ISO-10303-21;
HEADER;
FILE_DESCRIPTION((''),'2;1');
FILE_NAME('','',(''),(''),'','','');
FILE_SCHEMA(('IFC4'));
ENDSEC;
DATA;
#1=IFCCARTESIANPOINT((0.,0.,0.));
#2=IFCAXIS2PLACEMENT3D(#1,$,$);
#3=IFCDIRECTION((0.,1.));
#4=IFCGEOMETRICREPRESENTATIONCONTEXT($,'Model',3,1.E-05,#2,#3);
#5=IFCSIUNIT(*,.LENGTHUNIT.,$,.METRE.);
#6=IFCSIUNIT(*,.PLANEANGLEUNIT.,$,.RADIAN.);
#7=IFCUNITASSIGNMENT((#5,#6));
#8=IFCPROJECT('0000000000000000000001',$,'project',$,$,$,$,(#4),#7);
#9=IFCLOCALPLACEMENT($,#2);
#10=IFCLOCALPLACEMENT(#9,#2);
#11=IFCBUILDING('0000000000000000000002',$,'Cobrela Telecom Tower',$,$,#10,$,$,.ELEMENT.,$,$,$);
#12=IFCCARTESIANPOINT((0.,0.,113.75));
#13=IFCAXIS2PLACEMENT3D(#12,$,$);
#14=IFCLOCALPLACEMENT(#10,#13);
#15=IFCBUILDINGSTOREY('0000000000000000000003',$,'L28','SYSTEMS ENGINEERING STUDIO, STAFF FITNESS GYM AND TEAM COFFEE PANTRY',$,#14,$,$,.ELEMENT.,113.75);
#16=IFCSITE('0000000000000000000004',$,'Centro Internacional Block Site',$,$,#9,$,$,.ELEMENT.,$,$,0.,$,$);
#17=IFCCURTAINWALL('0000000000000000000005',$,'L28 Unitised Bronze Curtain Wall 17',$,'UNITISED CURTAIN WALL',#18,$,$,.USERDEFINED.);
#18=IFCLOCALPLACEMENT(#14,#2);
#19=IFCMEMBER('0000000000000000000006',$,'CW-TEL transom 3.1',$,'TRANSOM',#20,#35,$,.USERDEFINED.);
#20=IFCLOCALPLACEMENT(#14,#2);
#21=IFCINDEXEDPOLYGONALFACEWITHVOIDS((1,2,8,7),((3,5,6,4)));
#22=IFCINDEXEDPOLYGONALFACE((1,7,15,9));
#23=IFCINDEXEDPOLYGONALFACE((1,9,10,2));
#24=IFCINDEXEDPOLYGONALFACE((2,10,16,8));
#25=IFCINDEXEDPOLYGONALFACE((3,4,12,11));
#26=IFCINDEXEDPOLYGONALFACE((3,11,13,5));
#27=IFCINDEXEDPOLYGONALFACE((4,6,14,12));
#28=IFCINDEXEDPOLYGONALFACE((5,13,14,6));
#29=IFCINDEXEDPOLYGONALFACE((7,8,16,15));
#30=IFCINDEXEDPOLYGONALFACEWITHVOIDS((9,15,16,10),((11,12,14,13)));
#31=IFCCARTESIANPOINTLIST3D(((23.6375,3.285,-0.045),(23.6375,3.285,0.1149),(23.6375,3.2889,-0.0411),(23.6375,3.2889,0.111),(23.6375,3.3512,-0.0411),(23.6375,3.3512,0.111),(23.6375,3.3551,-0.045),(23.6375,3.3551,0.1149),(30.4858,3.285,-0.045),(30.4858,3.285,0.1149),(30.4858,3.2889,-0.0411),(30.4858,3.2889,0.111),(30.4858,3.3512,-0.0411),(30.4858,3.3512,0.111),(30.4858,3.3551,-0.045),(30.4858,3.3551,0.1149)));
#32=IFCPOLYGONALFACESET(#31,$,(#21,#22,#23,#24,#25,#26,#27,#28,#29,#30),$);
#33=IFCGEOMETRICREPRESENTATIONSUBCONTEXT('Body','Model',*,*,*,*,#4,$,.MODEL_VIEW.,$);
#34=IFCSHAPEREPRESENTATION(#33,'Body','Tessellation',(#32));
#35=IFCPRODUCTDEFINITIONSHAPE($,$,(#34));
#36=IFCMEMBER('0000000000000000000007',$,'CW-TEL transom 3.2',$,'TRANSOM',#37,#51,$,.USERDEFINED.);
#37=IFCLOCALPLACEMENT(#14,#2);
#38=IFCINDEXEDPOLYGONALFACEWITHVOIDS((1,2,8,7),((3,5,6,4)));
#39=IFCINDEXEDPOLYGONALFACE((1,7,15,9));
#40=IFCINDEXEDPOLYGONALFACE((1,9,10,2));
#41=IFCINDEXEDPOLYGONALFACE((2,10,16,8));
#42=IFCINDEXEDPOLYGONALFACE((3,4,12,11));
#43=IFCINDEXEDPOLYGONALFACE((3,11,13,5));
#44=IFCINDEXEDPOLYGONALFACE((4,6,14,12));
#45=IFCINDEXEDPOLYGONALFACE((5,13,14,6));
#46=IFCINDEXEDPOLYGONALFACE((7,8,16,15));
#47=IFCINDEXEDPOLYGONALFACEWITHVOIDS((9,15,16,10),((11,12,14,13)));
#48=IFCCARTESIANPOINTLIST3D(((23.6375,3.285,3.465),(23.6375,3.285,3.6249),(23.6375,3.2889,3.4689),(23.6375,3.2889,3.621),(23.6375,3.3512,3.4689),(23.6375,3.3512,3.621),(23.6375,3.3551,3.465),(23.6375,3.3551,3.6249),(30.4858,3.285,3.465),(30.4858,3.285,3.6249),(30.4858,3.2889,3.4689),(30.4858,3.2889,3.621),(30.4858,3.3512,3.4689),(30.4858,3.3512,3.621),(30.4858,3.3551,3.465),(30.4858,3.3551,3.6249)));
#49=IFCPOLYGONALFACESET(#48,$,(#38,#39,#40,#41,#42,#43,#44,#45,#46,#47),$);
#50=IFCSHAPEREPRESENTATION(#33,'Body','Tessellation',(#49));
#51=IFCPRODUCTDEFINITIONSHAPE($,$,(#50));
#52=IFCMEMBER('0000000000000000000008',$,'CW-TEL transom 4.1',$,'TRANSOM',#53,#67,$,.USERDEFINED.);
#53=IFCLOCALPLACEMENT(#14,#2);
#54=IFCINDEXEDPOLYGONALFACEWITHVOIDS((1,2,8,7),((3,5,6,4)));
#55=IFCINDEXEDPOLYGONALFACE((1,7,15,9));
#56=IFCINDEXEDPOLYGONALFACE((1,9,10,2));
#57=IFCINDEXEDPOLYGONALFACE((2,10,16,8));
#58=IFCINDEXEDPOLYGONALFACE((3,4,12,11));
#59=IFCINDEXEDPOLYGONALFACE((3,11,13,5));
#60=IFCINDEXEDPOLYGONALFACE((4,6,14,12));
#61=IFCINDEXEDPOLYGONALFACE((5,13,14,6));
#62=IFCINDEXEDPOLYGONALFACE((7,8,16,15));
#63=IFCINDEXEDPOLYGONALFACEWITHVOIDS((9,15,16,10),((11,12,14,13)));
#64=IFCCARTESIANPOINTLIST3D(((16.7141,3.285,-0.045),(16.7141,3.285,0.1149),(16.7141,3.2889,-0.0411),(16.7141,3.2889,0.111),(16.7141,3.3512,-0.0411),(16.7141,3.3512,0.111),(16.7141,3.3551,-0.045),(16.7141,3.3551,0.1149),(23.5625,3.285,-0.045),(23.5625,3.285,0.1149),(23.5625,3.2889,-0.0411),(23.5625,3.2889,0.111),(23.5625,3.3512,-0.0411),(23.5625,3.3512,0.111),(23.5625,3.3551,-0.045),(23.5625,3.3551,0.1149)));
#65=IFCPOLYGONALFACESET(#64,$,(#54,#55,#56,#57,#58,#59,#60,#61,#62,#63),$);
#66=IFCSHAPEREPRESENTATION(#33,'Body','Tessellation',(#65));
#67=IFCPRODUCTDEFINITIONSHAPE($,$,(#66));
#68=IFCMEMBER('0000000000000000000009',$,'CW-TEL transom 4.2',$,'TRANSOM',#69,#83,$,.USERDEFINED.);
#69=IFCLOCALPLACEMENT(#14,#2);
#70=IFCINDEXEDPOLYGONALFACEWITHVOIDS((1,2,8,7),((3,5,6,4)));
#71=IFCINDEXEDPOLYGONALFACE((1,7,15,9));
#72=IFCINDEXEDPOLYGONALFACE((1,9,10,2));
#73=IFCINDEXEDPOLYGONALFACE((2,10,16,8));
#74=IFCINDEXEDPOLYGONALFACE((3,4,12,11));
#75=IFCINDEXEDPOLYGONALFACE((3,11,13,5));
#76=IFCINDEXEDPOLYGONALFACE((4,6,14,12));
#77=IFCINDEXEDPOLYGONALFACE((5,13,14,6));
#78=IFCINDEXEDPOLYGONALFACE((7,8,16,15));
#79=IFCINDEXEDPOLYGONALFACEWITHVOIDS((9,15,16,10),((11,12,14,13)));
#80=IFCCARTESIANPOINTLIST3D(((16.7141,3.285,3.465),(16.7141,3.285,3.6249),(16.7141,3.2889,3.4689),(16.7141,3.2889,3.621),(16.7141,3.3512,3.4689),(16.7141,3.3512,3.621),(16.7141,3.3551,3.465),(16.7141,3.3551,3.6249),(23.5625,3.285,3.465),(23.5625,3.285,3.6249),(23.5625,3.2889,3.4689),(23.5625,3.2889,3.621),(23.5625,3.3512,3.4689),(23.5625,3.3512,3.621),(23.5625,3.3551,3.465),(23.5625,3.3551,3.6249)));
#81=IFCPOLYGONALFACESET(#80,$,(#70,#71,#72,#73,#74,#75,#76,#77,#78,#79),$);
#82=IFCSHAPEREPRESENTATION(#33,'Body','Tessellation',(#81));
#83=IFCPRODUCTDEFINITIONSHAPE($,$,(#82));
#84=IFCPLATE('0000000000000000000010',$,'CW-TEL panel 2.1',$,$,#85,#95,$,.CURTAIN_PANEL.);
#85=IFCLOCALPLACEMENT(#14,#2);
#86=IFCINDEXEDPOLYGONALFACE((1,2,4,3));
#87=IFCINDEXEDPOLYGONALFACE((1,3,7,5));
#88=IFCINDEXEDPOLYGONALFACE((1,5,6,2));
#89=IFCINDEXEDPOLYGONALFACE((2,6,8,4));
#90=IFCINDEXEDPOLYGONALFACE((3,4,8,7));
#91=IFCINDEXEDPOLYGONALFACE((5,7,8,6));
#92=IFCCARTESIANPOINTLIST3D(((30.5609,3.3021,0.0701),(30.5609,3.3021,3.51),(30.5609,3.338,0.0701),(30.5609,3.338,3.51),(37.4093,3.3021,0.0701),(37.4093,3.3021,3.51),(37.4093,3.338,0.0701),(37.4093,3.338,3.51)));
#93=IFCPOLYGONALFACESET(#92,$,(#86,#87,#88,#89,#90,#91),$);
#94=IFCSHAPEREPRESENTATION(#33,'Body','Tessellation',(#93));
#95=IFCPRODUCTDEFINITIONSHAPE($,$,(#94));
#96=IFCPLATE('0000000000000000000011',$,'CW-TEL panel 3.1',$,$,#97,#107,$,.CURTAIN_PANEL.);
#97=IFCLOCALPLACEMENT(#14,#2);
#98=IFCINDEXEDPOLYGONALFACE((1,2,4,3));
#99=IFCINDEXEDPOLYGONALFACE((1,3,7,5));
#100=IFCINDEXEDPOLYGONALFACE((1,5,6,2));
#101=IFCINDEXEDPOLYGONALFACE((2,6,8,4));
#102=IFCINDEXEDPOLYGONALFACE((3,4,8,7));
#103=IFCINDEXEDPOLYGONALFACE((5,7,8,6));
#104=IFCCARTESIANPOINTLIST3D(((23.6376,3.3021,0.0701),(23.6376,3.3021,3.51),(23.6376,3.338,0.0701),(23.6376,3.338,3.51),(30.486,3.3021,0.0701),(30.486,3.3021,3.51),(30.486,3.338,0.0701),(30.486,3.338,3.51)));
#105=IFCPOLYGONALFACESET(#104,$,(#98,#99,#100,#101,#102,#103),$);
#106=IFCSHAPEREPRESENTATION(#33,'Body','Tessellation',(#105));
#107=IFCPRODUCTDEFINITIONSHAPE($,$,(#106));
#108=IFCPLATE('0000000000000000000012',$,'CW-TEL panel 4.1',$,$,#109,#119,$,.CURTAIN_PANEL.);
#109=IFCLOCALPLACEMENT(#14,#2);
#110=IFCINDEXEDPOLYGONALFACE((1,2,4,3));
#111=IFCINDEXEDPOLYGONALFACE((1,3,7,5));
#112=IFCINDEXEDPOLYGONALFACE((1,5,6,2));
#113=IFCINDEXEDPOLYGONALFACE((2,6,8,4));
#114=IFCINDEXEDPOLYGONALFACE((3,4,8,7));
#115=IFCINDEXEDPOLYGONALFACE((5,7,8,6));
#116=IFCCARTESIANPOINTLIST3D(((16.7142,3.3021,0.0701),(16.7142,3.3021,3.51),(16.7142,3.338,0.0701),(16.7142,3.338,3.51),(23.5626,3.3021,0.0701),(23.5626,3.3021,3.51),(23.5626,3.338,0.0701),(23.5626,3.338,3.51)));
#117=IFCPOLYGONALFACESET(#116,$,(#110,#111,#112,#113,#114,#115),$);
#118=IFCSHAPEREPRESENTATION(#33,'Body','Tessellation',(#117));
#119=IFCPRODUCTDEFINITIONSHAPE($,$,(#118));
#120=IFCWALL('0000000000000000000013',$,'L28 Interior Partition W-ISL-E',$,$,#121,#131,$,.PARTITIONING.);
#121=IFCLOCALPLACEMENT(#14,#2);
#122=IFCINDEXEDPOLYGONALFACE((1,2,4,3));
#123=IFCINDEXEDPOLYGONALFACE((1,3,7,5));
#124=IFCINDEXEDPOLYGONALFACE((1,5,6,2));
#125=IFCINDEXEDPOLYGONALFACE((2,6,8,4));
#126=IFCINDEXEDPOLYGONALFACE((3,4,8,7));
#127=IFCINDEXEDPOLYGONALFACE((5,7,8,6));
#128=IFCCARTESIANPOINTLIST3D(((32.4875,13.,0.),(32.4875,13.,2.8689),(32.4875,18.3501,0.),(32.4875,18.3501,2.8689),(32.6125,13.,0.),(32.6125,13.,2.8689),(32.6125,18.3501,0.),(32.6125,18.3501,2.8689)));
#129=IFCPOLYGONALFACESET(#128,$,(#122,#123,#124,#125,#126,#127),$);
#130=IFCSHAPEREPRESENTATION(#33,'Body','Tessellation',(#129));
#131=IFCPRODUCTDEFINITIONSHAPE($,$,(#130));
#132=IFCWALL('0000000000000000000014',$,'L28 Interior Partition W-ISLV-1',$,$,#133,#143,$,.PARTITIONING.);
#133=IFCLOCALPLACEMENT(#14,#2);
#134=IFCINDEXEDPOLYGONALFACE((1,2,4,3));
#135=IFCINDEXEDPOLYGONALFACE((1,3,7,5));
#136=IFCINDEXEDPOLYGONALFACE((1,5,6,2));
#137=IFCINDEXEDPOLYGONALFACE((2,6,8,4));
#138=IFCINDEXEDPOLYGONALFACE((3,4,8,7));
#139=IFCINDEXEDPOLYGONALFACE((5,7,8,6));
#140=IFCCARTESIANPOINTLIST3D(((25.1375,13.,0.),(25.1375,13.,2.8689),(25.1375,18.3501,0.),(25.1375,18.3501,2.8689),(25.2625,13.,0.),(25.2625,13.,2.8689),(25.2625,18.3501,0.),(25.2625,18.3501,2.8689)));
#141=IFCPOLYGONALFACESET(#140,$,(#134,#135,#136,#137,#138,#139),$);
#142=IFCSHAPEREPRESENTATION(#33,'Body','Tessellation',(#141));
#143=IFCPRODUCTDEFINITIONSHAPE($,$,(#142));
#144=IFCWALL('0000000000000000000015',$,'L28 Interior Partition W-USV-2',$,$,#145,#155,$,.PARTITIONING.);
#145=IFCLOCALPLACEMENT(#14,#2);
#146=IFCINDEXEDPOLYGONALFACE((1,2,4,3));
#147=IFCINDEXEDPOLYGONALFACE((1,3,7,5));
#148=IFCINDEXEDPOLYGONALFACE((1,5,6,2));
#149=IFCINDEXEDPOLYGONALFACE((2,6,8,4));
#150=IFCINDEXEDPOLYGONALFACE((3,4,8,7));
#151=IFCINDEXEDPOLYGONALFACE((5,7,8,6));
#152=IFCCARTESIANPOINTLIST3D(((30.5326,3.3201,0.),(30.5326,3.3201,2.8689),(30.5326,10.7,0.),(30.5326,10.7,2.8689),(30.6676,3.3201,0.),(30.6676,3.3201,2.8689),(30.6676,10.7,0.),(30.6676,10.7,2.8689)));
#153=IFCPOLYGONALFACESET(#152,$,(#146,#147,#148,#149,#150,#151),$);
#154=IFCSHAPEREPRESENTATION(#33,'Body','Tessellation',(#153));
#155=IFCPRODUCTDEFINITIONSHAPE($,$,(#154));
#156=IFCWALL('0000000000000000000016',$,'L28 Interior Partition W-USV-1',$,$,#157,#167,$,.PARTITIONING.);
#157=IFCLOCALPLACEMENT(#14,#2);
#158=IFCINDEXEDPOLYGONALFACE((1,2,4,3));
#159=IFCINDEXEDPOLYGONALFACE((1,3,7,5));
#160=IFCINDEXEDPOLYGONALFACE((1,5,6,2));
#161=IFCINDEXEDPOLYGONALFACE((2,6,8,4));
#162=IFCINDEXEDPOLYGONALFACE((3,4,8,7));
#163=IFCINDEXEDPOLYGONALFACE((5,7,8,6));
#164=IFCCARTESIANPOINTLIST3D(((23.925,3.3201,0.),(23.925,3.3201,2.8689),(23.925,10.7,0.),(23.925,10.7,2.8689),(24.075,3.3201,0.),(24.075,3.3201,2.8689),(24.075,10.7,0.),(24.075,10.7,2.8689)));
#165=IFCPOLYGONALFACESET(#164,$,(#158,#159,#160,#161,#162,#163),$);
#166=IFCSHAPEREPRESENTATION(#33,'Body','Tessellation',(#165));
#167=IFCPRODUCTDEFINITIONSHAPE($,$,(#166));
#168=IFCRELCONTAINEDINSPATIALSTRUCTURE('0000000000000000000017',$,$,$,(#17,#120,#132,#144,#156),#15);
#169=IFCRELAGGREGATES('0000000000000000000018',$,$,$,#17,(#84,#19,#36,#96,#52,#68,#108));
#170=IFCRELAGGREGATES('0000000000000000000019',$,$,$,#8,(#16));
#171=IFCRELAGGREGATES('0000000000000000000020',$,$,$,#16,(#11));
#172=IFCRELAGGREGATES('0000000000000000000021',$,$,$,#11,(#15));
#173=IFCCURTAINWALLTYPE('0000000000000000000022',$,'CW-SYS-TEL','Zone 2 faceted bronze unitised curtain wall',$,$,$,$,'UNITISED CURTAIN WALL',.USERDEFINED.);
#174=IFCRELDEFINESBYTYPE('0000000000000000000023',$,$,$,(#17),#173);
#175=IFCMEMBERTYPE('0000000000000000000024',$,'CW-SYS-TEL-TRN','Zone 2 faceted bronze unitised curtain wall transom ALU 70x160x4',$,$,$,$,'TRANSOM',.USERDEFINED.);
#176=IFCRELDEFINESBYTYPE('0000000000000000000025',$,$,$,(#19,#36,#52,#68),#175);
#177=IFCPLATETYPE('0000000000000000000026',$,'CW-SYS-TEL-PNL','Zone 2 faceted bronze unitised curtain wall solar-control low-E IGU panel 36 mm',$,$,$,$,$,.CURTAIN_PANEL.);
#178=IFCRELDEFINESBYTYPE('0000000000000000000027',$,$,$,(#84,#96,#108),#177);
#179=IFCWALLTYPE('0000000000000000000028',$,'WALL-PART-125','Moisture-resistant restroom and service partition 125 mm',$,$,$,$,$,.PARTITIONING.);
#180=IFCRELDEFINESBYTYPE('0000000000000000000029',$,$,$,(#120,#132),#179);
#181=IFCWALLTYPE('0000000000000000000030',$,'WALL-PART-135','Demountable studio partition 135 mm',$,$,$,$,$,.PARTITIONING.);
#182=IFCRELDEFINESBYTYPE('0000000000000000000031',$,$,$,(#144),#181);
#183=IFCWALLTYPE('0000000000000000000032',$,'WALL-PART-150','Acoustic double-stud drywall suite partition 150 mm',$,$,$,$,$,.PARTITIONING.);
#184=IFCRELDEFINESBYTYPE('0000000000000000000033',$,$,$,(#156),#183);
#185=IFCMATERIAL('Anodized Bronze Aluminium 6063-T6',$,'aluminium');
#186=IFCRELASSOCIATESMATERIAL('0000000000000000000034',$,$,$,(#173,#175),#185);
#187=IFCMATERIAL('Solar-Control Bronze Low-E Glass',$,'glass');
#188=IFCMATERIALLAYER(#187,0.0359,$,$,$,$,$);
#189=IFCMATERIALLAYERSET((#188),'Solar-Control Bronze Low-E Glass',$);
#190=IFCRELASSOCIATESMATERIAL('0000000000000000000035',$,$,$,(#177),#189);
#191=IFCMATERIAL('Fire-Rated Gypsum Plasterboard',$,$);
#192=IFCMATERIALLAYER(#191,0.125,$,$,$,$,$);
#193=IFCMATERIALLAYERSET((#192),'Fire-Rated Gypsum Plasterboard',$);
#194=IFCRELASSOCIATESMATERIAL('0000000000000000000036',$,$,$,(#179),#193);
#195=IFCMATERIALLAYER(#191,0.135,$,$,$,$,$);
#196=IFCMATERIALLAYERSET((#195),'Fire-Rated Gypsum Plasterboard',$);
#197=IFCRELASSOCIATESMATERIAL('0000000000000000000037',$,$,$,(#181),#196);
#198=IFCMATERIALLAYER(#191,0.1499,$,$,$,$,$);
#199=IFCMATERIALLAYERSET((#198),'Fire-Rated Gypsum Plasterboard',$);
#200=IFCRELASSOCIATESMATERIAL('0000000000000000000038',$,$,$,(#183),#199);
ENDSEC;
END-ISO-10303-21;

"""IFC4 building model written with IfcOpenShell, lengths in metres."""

from ifc_helpers import new_model, si_unit, direction, frame, frame_2d, origin, origin_2d, place, context, subcontext, project, spatial, rectangle, hollow_rectangle, extrude, material, layer, layer_set, material_profile, profile_set, type_object, element, aggregate, save


model = new_model("IFC4")

# Units and contexts
model_context = context("Model", 3, precision=1e-05, world=origin(), true_north=direction((0.0, 1.0)))
body_context = subcontext(model_context, "Body", "Model", "MODEL_VIEW")
ifc_project = project(units=[si_unit("LENGTHUNIT", "METRE"), si_unit("PLANEANGLEUNIT", "RADIAN")], contexts=[model_context])

# Site, building, storey
site_placement = place(None, origin())
site = spatial("IfcSite", under=ifc_project, at=site_placement, Name="Centro Internacional Block Site", CompositionType="ELEMENT", RefElevation=0.0)
building_placement = place(site_placement, origin())
building = spatial("IfcBuilding", under=site, at=building_placement, Name="Cobrela Telecom Tower", CompositionType="ELEMENT")
storey_placement = place(building_placement, frame((0.0, 0.0, 113.75)))
storey = spatial("IfcBuildingStorey", under=building, at=storey_placement, Name="L28", Description="SYSTEMS ENGINEERING STUDIO, STAFF FITNESS GYM AND TEAM COFFEE PANTRY", CompositionType="ELEMENT", Elevation=113.75)

# Curtain wall, members, plates
ifc_material_1 = material(Name="Anodized Bronze Aluminium 6063-T6", Category="aluminium")
curtain_wall_type = type_object("IfcCurtainWallType", Name="CW-SYS-TEL", Description="Zone 2 faceted bronze unitised curtain wall", ElementType="UNITISED CURTAIN WALL", PredefinedType="USERDEFINED", material=ifc_material_1)
curtain_wall_placement = place(storey_placement, origin())
curtain_wall = element("IfcCurtainWall", 1, at=curtain_wall_placement, inside=storey, type_object=curtain_wall_type, Name="L28 Unitised Bronze Curtain Wall 17", ObjectType="UNITISED CURTAIN WALL", PredefinedType="USERDEFINED")
ifc_material_profile_1 = material_profile(ifc_material_1, hollow_rectangle(XDim=0.0701, YDim=0.1599, WallThickness=0.0039, at=origin_2d()), Name="ALU 70x160x4")
ifc_profile_set_1 = profile_set([ifc_material_profile_1], Name="Anodized Bronze Aluminium 6063-T6")
member_type_1 = type_object("IfcMemberType", Name="CW-SYS-TEL-TRN", Description="Zone 2 faceted bronze unitised curtain wall transom ALU 70x160x4", ElementType="TRANSOM", PredefinedType="USERDEFINED", material=ifc_profile_set_1)
member_1_placement = place(storey_placement, frame((30.4858, 3.3201, 0.0349), z_axis=(-1.0, 0.0, 0.0), x_axis=(0.0, -1.0, 0.0)))
member_1 = element("IfcMember", 2, at=member_1_placement, type_object=member_type_1, Name="CW-TEL transom 3.1", ObjectType="TRANSOM", PredefinedType="USERDEFINED", context=body_context, shape_type="SweptSolid", body=[
    extrude(hollow_rectangle(XDim=0.0701, YDim=0.1599, WallThickness=0.0039, at=origin_2d()), origin(), (0.0, 0.0, 1.0), 6.8484),
])
member_2_placement = place(storey_placement, frame((30.4858, 3.3201, 3.5449), z_axis=(-1.0, 0.0, 0.0), x_axis=(0.0, -1.0, 0.0)))
member_2 = element("IfcMember", 3, at=member_2_placement, type_object=member_type_1, Name="CW-TEL transom 3.2", ObjectType="TRANSOM", PredefinedType="USERDEFINED", context=body_context, shape_type="SweptSolid", body=[
    extrude(hollow_rectangle(XDim=0.0701, YDim=0.1599, WallThickness=0.0039, at=origin_2d()), origin(), (0.0, 0.0, 1.0), 6.8484),
])
member_3_placement = place(storey_placement, frame((23.5625, 3.3201, 0.0349), z_axis=(-1.0, 0.0, 0.0), x_axis=(0.0, -1.0, 0.0)))
member_3 = element("IfcMember", 4, at=member_3_placement, type_object=member_type_1, Name="CW-TEL transom 4.1", ObjectType="TRANSOM", PredefinedType="USERDEFINED", context=body_context, shape_type="SweptSolid", body=[
    extrude(hollow_rectangle(XDim=0.0701, YDim=0.1599, WallThickness=0.0039, at=origin_2d()), origin(), (0.0, 0.0, 1.0), 6.8484),
])
member_4_placement = place(storey_placement, frame((23.5625, 3.3201, 3.5449), z_axis=(-1.0, 0.0, 0.0), x_axis=(0.0, -1.0, 0.0)))
member_4 = element("IfcMember", 5, at=member_4_placement, type_object=member_type_1, Name="CW-TEL transom 4.2", ObjectType="TRANSOM", PredefinedType="USERDEFINED", context=body_context, shape_type="SweptSolid", body=[
    extrude(hollow_rectangle(XDim=0.0701, YDim=0.1599, WallThickness=0.0039, at=origin_2d()), origin(), (0.0, 0.0, 1.0), 6.8484),
])
ifc_material_2 = material(Name="Solar-Control Bronze Low-E Glass", Category="glass")
ifc_layer_1 = layer(ifc_material_2, 0.0359)
ifc_layer_set_1 = layer_set([ifc_layer_1], Name="Solar-Control Bronze Low-E Glass")
plate_type = type_object("IfcPlateType", Name="CW-SYS-TEL-PNL", Description="Zone 2 faceted bronze unitised curtain wall solar-control low-E IGU panel 36 mm", PredefinedType="CURTAIN_PANEL", material=ifc_layer_set_1)
plate_1_placement = place(storey_placement, frame((33.9851, 3.3201, 0.0701), z_axis=(0.0, 0.0, 1.0), x_axis=(-1.0, 0.0, 0.0)))
plate_1 = element("IfcPlate", 6, at=plate_1_placement, type_object=plate_type, Name="CW-TEL panel 2.1", PredefinedType="CURTAIN_PANEL", context=body_context, shape_type="SweptSolid", body=[
    extrude(rectangle(XDim=6.8484, YDim=0.0359, at=origin_2d()), origin(), (0.0, 0.0, 1.0), 3.4399),
])
plate_2_placement = place(storey_placement, frame((27.0618, 3.3201, 0.0701), z_axis=(0.0, 0.0, 1.0), x_axis=(-1.0, 0.0, 0.0)))
plate_2 = element("IfcPlate", 7, at=plate_2_placement, type_object=plate_type, Name="CW-TEL panel 3.1", PredefinedType="CURTAIN_PANEL", context=body_context, shape_type="SweptSolid", body=[
    extrude(rectangle(XDim=6.8484, YDim=0.0359, at=origin_2d()), origin(), (0.0, 0.0, 1.0), 3.4399),
])
plate_3_placement = place(storey_placement, frame((20.1384, 3.3201, 0.0701), z_axis=(0.0, 0.0, 1.0), x_axis=(-1.0, 0.0, 0.0)))
plate_3 = element("IfcPlate", 8, at=plate_3_placement, type_object=plate_type, Name="CW-TEL panel 4.1", PredefinedType="CURTAIN_PANEL", context=body_context, shape_type="SweptSolid", body=[
    extrude(rectangle(XDim=6.8484, YDim=0.0359, at=origin_2d()), origin(), (0.0, 0.0, 1.0), 3.4399),
])
aggregate(curtain_wall, [plate_1, member_1, member_2, plate_2, member_3, member_4, plate_3])

# Walls
ifc_material_3 = material(Name="Fire-Rated Gypsum Plasterboard")
ifc_layer_2 = layer(ifc_material_3, 0.125)
ifc_layer_set_2 = layer_set([ifc_layer_2], Name="Fire-Rated Gypsum Plasterboard")
wall_type_1 = type_object("IfcWallType", Name="WALL-PART-125", Description="Moisture-resistant restroom and service partition 125 mm", PredefinedType="PARTITIONING", material=ifc_layer_set_2)
for number, where, z_axis, x_axis, name in (
    (9, (32.55, 13.0, 0.0), (0.0, 0.0, 1.0), (0.0, 1.0, 0.0), "L28 Interior Partition W-ISL-E"),
    (10, (25.2, 13.0, 0.0), (0.0, 0.0, 1.0), (0.0, 1.0, 0.0), "L28 Interior Partition W-ISLV-1"),
):
    element("IfcWall", number, at=place(storey_placement, frame(where, z_axis=z_axis, x_axis=x_axis)), inside=storey, type_object=wall_type_1, Name=name, PredefinedType="PARTITIONING", context=body_context, shape_type="SweptSolid", body=[
        extrude(rectangle(XDim=5.3501, YDim=0.125, at=frame_2d((2.675, 0.0))), origin(), (0.0, 0.0, 1.0), 2.8689),
    ])
ifc_layer_3 = layer(ifc_material_3, 0.135)
ifc_layer_set_3 = layer_set([ifc_layer_3], Name="Fire-Rated Gypsum Plasterboard")
wall_type_2 = type_object("IfcWallType", Name="WALL-PART-135", Description="Demountable studio partition 135 mm", PredefinedType="PARTITIONING", material=ifc_layer_set_3)
wall_1_placement = place(storey_placement, frame((30.6001, 3.3201, 0.0), z_axis=(0.0, 0.0, 1.0), x_axis=(0.0, 1.0, 0.0)))
element("IfcWall", 11, at=wall_1_placement, inside=storey, type_object=wall_type_2, Name="L28 Interior Partition W-USV-2", PredefinedType="PARTITIONING", context=body_context, shape_type="SweptSolid", body=[
    extrude(rectangle(XDim=7.3799, YDim=0.135, at=frame_2d((3.6899, 0.0))), origin(), (0.0, 0.0, 1.0), 2.8689),
])
ifc_layer_4 = layer(ifc_material_3, 0.1499)
ifc_layer_set_4 = layer_set([ifc_layer_4], Name="Fire-Rated Gypsum Plasterboard")
wall_type_3 = type_object("IfcWallType", Name="WALL-PART-150", Description="Acoustic double-stud drywall suite partition 150 mm", PredefinedType="PARTITIONING", material=ifc_layer_set_4)
wall_2_placement = place(storey_placement, frame((24.0, 3.3201, 0.0), z_axis=(0.0, 0.0, 1.0), x_axis=(0.0, 1.0, 0.0)))
element("IfcWall", 12, at=wall_2_placement, inside=storey, type_object=wall_type_3, Name="L28 Interior Partition W-USV-1", PredefinedType="PARTITIONING", context=body_context, shape_type="SweptSolid", body=[
    extrude(rectangle(XDim=7.3799, YDim=0.1499, at=frame_2d((3.6899, 0.0))), origin(), (0.0, 0.0, 1.0), 2.8689),
])

save(model, "model.ifc")
